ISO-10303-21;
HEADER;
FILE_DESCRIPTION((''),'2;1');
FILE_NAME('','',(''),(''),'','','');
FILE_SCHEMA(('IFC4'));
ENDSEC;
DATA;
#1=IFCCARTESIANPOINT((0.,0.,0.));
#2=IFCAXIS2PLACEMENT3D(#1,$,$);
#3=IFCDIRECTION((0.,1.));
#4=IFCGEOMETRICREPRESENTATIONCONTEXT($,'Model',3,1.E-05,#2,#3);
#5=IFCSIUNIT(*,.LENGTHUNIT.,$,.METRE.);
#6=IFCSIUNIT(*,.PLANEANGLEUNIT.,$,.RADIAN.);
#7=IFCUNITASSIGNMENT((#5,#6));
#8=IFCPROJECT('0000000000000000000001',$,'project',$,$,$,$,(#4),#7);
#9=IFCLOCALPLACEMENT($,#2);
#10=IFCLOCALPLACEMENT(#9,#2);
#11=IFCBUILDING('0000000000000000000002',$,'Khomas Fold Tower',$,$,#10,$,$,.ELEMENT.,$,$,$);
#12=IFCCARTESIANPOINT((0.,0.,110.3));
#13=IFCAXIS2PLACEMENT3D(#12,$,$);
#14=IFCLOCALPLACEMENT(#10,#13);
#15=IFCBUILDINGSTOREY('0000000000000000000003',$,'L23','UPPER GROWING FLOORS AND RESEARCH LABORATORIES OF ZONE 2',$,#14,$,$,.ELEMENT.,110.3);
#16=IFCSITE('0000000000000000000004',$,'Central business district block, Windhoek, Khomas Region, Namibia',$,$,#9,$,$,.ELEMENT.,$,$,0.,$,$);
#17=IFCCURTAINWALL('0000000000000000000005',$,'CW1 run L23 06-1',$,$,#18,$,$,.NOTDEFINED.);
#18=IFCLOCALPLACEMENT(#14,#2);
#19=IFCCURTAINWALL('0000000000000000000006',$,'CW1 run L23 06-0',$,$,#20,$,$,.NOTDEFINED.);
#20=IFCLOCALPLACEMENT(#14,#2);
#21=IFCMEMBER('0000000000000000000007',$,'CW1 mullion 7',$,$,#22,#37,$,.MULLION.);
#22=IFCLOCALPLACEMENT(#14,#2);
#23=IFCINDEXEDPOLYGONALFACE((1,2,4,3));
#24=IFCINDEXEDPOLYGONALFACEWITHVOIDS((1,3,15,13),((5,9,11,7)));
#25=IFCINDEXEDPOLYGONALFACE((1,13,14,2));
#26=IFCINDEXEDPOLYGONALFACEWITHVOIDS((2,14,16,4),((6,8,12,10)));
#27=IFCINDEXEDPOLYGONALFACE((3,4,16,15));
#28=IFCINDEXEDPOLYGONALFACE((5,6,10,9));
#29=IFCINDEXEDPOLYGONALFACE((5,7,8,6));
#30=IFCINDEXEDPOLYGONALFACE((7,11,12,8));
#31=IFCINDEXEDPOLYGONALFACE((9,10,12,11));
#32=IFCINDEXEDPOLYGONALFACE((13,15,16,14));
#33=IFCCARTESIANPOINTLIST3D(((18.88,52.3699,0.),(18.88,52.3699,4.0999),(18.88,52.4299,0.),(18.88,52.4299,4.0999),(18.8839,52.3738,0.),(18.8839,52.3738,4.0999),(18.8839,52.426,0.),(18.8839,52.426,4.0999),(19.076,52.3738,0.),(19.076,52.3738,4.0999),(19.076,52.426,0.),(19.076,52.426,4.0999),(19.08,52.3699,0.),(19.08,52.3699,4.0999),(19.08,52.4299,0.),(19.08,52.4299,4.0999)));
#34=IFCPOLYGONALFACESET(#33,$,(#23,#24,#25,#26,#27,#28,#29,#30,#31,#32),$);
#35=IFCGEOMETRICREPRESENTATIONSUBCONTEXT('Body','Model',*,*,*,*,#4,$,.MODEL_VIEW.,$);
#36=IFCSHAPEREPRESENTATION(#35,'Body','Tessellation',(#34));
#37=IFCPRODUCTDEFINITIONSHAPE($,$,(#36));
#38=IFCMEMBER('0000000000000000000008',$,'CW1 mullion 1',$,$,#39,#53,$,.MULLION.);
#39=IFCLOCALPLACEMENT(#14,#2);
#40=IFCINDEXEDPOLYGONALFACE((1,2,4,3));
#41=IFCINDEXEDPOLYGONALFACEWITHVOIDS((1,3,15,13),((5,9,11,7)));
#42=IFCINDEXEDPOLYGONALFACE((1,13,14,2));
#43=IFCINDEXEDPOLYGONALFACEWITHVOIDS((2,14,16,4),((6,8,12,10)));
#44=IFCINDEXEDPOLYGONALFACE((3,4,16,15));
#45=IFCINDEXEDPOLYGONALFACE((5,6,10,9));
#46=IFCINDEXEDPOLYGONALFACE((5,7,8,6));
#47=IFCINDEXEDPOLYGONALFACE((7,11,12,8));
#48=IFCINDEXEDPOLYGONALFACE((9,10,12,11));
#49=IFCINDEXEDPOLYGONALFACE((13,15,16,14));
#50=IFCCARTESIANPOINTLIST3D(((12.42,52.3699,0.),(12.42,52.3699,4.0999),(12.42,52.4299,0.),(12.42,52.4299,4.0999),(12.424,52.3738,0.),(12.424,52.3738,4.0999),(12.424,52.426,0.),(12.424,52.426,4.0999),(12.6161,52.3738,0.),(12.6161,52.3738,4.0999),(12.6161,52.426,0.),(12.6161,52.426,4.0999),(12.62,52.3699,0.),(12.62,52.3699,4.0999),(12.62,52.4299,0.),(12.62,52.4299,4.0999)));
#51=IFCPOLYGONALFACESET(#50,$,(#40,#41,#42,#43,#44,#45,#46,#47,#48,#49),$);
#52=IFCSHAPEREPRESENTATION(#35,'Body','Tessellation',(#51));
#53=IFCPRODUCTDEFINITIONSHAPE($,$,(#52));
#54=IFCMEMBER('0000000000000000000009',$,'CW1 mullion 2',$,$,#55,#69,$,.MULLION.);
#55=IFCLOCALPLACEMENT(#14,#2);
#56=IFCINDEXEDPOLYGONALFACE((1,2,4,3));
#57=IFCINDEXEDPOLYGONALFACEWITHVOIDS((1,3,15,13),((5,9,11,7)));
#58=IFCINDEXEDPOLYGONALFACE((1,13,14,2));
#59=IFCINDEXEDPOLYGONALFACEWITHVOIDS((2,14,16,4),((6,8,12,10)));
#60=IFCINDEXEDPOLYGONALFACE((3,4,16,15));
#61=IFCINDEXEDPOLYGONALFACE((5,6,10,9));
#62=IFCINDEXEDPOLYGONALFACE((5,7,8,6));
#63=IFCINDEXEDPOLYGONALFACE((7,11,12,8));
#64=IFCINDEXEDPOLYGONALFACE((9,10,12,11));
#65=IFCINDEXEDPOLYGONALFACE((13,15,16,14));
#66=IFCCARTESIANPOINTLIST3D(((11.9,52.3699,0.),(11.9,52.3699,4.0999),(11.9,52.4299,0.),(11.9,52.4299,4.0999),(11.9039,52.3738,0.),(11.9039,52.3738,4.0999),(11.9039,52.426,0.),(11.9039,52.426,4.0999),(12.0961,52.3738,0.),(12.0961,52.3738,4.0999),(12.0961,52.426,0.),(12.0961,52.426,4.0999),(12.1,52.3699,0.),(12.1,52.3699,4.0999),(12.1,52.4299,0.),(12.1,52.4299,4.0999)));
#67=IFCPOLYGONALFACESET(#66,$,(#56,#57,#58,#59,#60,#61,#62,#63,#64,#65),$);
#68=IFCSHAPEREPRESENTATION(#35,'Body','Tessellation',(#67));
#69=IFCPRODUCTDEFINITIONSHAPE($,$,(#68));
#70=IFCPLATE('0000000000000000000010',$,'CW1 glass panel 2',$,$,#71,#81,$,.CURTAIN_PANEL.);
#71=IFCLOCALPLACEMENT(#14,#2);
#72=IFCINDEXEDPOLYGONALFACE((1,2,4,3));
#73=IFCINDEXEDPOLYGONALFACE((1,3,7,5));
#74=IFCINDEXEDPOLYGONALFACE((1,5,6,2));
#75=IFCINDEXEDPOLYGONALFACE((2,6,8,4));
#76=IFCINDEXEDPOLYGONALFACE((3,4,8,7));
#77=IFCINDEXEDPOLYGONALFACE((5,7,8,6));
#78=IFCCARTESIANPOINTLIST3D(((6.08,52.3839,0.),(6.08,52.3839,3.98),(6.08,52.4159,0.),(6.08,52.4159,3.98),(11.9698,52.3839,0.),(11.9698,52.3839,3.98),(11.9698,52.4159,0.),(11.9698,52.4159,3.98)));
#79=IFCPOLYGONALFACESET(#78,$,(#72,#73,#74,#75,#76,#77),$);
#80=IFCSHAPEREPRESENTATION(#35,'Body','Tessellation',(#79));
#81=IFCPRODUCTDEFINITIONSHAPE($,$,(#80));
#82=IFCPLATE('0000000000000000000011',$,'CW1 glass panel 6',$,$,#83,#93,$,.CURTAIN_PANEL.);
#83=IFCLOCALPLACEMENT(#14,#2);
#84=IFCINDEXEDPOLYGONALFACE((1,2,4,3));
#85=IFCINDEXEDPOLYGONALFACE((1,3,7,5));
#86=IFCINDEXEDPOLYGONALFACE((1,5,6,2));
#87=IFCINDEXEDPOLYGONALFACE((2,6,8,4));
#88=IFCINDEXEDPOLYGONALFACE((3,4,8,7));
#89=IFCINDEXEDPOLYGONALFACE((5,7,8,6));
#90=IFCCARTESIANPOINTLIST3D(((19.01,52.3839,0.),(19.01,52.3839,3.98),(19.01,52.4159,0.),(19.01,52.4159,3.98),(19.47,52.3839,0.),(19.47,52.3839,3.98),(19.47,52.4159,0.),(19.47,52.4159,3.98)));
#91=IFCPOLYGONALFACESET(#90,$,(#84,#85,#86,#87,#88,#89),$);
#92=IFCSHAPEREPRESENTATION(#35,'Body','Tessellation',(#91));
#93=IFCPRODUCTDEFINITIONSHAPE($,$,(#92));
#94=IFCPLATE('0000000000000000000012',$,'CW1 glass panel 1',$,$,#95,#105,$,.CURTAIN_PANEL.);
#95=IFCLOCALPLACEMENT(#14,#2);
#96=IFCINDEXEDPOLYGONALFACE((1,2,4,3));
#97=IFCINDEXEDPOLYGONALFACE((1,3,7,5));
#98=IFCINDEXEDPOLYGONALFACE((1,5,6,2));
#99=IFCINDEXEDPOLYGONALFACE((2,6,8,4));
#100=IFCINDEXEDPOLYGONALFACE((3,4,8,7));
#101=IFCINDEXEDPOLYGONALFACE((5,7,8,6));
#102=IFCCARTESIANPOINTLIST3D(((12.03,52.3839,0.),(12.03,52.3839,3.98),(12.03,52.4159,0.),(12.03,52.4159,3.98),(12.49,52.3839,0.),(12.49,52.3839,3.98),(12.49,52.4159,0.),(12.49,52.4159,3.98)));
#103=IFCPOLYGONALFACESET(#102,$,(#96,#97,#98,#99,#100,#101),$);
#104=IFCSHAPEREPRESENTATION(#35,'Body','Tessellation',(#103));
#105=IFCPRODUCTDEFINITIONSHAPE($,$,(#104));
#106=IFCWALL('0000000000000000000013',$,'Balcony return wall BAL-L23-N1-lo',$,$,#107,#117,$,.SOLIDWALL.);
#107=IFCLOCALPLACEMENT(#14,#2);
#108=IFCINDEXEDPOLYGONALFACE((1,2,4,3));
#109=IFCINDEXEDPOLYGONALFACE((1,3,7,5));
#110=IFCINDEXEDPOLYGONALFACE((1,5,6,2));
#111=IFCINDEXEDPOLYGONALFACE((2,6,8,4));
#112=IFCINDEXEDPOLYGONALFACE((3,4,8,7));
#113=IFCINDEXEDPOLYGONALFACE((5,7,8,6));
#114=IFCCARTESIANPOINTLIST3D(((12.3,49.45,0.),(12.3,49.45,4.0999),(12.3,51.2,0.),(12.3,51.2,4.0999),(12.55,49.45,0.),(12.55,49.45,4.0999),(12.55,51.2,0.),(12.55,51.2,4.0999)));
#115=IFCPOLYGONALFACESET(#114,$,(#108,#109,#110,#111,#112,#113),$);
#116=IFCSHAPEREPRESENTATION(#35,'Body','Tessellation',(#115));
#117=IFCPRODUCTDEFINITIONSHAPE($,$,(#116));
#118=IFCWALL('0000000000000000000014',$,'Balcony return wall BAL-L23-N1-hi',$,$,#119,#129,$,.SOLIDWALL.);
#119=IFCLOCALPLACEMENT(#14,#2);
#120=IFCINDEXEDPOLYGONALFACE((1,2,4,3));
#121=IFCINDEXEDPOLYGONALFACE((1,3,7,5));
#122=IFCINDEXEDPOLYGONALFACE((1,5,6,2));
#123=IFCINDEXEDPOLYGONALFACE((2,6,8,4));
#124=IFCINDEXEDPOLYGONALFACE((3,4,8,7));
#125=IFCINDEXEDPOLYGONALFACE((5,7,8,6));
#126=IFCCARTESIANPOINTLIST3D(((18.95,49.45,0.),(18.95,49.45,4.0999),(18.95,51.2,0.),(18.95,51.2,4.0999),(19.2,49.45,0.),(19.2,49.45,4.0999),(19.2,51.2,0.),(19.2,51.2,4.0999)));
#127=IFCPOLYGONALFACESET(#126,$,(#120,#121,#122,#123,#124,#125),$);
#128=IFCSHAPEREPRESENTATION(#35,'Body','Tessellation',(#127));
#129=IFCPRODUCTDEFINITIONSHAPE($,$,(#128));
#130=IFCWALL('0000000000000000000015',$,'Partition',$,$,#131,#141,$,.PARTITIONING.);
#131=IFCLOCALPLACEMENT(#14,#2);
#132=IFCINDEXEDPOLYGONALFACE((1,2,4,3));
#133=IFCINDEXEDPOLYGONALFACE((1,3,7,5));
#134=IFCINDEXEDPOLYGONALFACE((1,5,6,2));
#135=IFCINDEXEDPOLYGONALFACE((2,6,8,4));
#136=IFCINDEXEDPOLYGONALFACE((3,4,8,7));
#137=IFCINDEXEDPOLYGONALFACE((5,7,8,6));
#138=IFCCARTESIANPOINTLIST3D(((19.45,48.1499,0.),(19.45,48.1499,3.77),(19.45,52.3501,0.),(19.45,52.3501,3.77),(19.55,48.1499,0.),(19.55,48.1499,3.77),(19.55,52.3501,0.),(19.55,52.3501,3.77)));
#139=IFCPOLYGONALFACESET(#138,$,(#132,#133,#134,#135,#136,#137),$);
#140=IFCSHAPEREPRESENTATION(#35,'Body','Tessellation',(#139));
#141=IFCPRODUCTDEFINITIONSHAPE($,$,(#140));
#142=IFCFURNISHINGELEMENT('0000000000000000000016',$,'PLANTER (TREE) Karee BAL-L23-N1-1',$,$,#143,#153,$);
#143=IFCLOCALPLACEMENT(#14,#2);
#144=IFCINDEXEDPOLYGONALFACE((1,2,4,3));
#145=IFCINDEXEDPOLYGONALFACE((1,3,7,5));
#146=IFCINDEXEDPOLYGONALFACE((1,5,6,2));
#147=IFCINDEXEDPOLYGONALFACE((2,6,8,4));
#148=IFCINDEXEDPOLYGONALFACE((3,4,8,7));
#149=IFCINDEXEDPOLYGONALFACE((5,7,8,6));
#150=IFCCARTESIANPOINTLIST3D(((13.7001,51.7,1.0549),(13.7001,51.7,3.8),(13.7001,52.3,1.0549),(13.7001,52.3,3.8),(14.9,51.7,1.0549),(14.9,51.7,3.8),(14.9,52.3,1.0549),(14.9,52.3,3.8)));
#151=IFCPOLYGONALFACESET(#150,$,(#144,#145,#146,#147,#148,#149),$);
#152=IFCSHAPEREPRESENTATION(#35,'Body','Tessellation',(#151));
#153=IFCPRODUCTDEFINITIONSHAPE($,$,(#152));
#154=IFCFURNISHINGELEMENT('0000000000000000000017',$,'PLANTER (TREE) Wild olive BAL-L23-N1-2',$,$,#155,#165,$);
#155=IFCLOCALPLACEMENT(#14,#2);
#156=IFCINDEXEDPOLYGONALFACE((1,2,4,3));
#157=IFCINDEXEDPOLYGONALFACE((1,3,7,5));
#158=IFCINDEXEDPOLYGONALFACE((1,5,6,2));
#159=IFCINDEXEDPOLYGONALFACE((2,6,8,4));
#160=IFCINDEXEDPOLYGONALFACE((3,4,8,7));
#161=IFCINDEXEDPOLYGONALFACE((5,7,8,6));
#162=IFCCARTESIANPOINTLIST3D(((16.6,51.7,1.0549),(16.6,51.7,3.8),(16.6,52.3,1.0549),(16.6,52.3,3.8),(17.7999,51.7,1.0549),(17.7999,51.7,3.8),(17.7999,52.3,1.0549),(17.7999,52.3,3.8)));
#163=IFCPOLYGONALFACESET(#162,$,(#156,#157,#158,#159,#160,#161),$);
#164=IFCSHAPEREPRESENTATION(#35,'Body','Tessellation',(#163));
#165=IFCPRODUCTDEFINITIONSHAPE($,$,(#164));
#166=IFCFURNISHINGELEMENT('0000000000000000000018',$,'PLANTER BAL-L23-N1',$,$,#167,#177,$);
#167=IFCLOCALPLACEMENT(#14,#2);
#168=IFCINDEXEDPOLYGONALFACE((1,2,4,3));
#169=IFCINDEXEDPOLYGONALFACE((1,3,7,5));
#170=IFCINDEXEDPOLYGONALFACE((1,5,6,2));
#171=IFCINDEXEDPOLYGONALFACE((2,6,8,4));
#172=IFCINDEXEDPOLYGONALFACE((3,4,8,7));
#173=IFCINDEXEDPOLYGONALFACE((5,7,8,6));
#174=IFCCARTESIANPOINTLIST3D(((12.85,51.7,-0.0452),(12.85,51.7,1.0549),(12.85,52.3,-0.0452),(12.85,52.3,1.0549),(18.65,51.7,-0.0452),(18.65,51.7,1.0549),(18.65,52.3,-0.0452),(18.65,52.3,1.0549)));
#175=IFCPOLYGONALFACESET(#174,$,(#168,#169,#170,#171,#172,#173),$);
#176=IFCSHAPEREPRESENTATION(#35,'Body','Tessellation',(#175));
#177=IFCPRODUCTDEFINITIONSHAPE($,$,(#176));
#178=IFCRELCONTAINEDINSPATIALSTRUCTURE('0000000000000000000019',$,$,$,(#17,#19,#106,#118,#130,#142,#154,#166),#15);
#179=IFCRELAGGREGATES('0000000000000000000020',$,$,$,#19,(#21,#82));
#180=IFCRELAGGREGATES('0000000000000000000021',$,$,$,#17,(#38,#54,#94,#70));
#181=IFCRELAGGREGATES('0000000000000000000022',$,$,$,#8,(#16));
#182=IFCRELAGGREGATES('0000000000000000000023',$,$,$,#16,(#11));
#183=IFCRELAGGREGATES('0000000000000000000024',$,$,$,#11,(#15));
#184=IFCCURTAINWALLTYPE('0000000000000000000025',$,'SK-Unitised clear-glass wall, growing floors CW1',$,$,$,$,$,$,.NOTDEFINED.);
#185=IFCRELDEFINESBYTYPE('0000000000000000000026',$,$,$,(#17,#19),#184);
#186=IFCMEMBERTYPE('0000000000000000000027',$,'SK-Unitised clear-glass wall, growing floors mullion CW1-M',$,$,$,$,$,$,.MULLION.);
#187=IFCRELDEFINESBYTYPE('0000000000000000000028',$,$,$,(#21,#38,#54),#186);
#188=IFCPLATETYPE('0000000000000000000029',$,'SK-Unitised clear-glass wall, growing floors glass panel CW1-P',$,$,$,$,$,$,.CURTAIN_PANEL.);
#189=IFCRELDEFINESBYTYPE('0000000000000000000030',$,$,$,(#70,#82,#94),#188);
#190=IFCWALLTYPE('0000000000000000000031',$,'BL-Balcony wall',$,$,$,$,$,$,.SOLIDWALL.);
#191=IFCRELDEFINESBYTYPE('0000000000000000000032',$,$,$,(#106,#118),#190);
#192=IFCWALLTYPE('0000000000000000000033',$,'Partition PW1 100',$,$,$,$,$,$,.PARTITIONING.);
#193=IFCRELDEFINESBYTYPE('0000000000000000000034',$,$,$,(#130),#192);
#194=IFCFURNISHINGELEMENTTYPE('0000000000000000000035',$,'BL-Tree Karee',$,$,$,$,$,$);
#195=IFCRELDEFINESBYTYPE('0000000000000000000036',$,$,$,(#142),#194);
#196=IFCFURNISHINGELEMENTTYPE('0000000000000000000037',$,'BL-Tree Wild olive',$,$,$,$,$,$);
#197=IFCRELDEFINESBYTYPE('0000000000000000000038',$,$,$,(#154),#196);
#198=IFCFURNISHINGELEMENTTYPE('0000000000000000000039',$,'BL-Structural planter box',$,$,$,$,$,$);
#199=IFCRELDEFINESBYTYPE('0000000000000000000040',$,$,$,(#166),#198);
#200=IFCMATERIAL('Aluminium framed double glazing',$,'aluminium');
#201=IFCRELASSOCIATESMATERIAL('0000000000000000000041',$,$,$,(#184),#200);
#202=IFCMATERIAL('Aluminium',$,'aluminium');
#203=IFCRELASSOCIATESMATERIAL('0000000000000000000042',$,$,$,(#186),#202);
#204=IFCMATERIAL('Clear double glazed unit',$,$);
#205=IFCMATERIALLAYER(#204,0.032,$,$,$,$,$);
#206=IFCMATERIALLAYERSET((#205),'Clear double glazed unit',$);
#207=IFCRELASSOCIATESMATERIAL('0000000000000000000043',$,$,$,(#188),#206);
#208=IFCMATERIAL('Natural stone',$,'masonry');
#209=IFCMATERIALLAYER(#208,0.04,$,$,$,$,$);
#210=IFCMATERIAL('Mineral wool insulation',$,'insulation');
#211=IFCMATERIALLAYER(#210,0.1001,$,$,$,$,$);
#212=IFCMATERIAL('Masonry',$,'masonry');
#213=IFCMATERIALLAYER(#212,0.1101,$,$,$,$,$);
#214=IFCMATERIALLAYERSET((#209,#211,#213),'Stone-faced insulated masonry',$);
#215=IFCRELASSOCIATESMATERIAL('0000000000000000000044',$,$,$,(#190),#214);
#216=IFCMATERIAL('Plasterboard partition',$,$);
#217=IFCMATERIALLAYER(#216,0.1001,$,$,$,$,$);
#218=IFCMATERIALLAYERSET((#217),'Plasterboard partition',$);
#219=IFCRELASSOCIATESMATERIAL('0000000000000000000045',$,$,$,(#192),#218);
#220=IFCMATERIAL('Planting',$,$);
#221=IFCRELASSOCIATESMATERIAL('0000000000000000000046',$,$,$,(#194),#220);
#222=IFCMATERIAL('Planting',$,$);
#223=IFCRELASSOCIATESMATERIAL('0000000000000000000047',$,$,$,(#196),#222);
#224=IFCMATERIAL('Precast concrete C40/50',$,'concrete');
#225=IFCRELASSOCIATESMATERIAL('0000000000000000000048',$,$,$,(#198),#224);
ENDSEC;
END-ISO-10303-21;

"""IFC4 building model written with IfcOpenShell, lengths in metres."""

from ifc_helpers import new_model, si_unit, direction, frame, frame_2d, origin, origin_2d, place, context, subcontext, project, spatial, rectangle, hollow_rectangle, extrude, source, transform, mapped, material, layer, layer_set, material_profile, profile_set, type_object, element, aggregate, save


model = new_model("IFC4")

# Units and contexts
model_context = context("Model", 3, precision=1e-05, world=origin(), true_north=direction((0.0, 1.0)))
body_context = subcontext(model_context, "Body", "Model", "MODEL_VIEW")
ifc_project = project(units=[si_unit("LENGTHUNIT", "METRE"), si_unit("PLANEANGLEUNIT", "RADIAN")], contexts=[model_context])

# Site, building, storey
site_placement = place(None, origin())
site = spatial("IfcSite", under=ifc_project, at=site_placement, Name="Central business district block, Windhoek, Khomas Region, Namibia", CompositionType="ELEMENT", RefElevation=0.0)
building_placement = place(site_placement, origin())
building = spatial("IfcBuilding", under=site, at=building_placement, Name="Khomas Fold Tower", CompositionType="ELEMENT")
storey_placement = place(building_placement, frame((0.0, 0.0, 110.3)))
storey = spatial("IfcBuildingStorey", under=building, at=storey_placement, Name="L23", Description="UPPER GROWING FLOORS AND RESEARCH LABORATORIES OF ZONE 2", CompositionType="ELEMENT", Elevation=110.3)

# Curtain walls
ifc_material_1 = material(Name="Aluminium framed double glazing", Category="aluminium")
curtain_wall_type = type_object("IfcCurtainWallType", Name="SK-Unitised clear-glass wall, growing floors CW1", PredefinedType="NOTDEFINED", material=ifc_material_1)
curtain_wall_1_placement = place(storey_placement, origin())
curtain_wall_1 = element("IfcCurtainWall", 1, at=curtain_wall_1_placement, inside=storey, type_object=curtain_wall_type, Name="CW1 run L23 06-1", PredefinedType="NOTDEFINED")
curtain_wall_2_placement = place(storey_placement, origin())
curtain_wall_2 = element("IfcCurtainWall", 2, at=curtain_wall_2_placement, inside=storey, type_object=curtain_wall_type, Name="CW1 run L23 06-0", PredefinedType="NOTDEFINED")

# Members
ifc_material_2 = material(Name="Aluminium", Category="aluminium")
ifc_material_profile_1 = material_profile(ifc_material_2, hollow_rectangle(XDim=0.0601, YDim=0.2, WallThickness=0.0039, at=origin_2d()), Name="SK-Unitised clear-glass wall, growing floors mullion CW1-M")
ifc_profile_set_1 = profile_set([ifc_material_profile_1], Name="Aluminium")
member_type_1 = type_object("IfcMemberType", Name="SK-Unitised clear-glass wall, growing floors mullion CW1-M", PredefinedType="MULLION", material=ifc_profile_set_1)
shared_shape_1 = source(origin(), body_context, "Body", "SweptSolid", [
    extrude(hollow_rectangle(XDim=0.0601, YDim=0.2, WallThickness=0.0039, at=origin_2d()), origin(), (0.0, 0.0, 1.0), 4.0999),
])
member_1_placement = place(storey_placement, frame((18.98, 52.3999, 0.0), z_axis=(0.0, 0.0, 1.0), x_axis=(0.0, -1.0, 0.0)))
member_1 = element("IfcMember", 3, at=member_1_placement, type_object=member_type_1, Name="CW1 mullion 7", PredefinedType="MULLION", context=body_context, shape_type="MappedRepresentation", body=[
    mapped(shared_shape_1, transform((0.0, 0.0, 0.0))),
])
member_2_placement = place(storey_placement, frame((12.52, 52.3999, 0.0), z_axis=(0.0, 0.0, 1.0), x_axis=(0.0, -1.0, 0.0)))
member_2 = element("IfcMember", 4, at=member_2_placement, type_object=member_type_1, Name="CW1 mullion 1", PredefinedType="MULLION", context=body_context, shape_type="MappedRepresentation", body=[
    mapped(shared_shape_1, transform((0.0, 0.0, 0.0))),
])
member_3_placement = place(storey_placement, frame((12.0, 52.3999, 0.0), z_axis=(0.0, 0.0, 1.0), x_axis=(0.0, -1.0, 0.0)))
member_3 = element("IfcMember", 5, at=member_3_placement, type_object=member_type_1, Name="CW1 mullion 2", PredefinedType="MULLION", context=body_context, shape_type="MappedRepresentation", body=[
    mapped(shared_shape_1, transform((0.0, 0.0, 0.0))),
])

# Plates
ifc_material_3 = material(Name="Clear double glazed unit")
ifc_layer_1 = layer(ifc_material_3, 0.032)
ifc_layer_set_1 = layer_set([ifc_layer_1], Name="Clear double glazed unit")
plate_type = type_object("IfcPlateType", Name="SK-Unitised clear-glass wall, growing floors glass panel CW1-P", PredefinedType="CURTAIN_PANEL", material=ifc_layer_set_1)
shared_shape_2 = source(origin(), body_context, "Body", "SweptSolid", [
    extrude(rectangle(XDim=5.8899, YDim=0.032, at=origin_2d()), origin(), (0.0, 0.0, 1.0), 3.98),
])
plate_1_placement = place(storey_placement, frame((9.0249, 52.3999, 0.0), z_axis=(0.0, 0.0, 1.0), x_axis=(-1.0, 0.0, 0.0)))
plate_1 = element("IfcPlate", 6, at=plate_1_placement, type_object=plate_type, Name="CW1 glass panel 2", PredefinedType="CURTAIN_PANEL", context=body_context, shape_type="MappedRepresentation", body=[
    mapped(shared_shape_2, transform((0.0, 0.0, 0.0))),
])
shared_shape_3 = source(origin(), body_context, "Body", "SweptSolid", [
    extrude(rectangle(XDim=0.46, YDim=0.032, at=origin_2d()), origin(), (0.0, 0.0, 1.0), 3.98),
])
plate_2_placement = place(storey_placement, frame((19.24, 52.3999, 0.0), z_axis=(0.0, 0.0, 1.0), x_axis=(-1.0, 0.0, 0.0)))
plate_2 = element("IfcPlate", 7, at=plate_2_placement, type_object=plate_type, Name="CW1 glass panel 6", PredefinedType="CURTAIN_PANEL", context=body_context, shape_type="MappedRepresentation", body=[
    mapped(shared_shape_3, transform((0.0, 0.0, 0.0))),
])
aggregate(curtain_wall_2, [member_1, plate_2])
plate_3_placement = place(storey_placement, frame((12.26, 52.3999, 0.0), z_axis=(0.0, 0.0, 1.0), x_axis=(-1.0, 0.0, 0.0)))
plate_3 = element("IfcPlate", 8, at=plate_3_placement, type_object=plate_type, Name="CW1 glass panel 1", PredefinedType="CURTAIN_PANEL", context=body_context, shape_type="MappedRepresentation", body=[
    mapped(shared_shape_3, transform((0.0, 0.0, 0.0))),
])
aggregate(curtain_wall_1, [member_2, member_3, plate_3, plate_1])

# Shared definitions
ifc_material_4 = material(Name="Natural stone", Category="masonry")
ifc_layer_2 = layer(ifc_material_4, 0.04)
ifc_material_5 = material(Name="Mineral wool insulation", Category="insulation")
ifc_layer_3 = layer(ifc_material_5, 0.1001)
ifc_material_6 = material(Name="Masonry", Category="masonry")
ifc_layer_4 = layer(ifc_material_6, 0.1101)
ifc_layer_set_2 = layer_set([ifc_layer_2, ifc_layer_3, ifc_layer_4], Name="Stone-faced insulated masonry")
wall_type_1 = type_object("IfcWallType", Name="BL-Balcony wall", PredefinedType="SOLIDWALL", material=ifc_layer_set_2)

# Walls
shared_shape_4 = source(origin(), body_context, "Body", "SweptSolid", [
    extrude(rectangle(XDim=1.75, YDim=0.25, at=frame_2d((0.875, 0.0))), origin(), (0.0, 0.0, 1.0), 4.0999),
])
for number, where, z_axis, x_axis, name in (
    (9, (12.425, 51.2, 0.0), (0.0, 0.0, 1.0), (0.0, -1.0, 0.0), "Balcony return wall BAL-L23-N1-lo"),
    (10, (19.075, 51.2, 0.0), (0.0, 0.0, 1.0), (0.0, -1.0, 0.0), "Balcony return wall BAL-L23-N1-hi"),
):
    element("IfcWall", number, at=place(storey_placement, frame(where, z_axis=z_axis, x_axis=x_axis)), inside=storey, type_object=wall_type_1, Name=name, PredefinedType="SOLIDWALL", context=body_context, shape_type="MappedRepresentation", body=[
        mapped(shared_shape_4, transform((0.0, 0.0, 0.0))),
    ])
ifc_material_7 = material(Name="Plasterboard partition")
ifc_layer_5 = layer(ifc_material_7, 0.1001)
ifc_layer_set_3 = layer_set([ifc_layer_5], Name="Plasterboard partition")
wall_type_2 = type_object("IfcWallType", Name="Partition PW1 100", PredefinedType="PARTITIONING", material=ifc_layer_set_3)
shared_shape_5 = source(origin(), body_context, "Body", "SweptSolid", [
    extrude(rectangle(XDim=4.2002, YDim=0.1001, at=frame_2d((2.1001, 0.0))), origin(), (0.0, 0.0, 1.0), 3.77),
])
wall_1_placement = place(storey_placement, frame((19.5, 48.1499, 0.0), z_axis=(0.0, 0.0, 1.0), x_axis=(0.0, 1.0, 0.0)))
element("IfcWall", 11, at=wall_1_placement, inside=storey, type_object=wall_type_2, Name="Partition", PredefinedType="PARTITIONING", context=body_context, shape_type="MappedRepresentation", body=[
    mapped(shared_shape_5, transform((0.0, 0.0, 0.0))),
])

# Furnishing elements
ifc_material_8 = material(Name="Planting")
furnishing_element_type_1 = type_object("IfcFurnishingElementType", Name="BL-Tree Karee", material=ifc_material_8)
shared_shape_6 = source(origin(), body_context, "Body", "SweptSolid", [
    extrude(rectangle(XDim=1.2, YDim=0.6001, at=origin_2d()), origin(), (0.0, 0.0, 1.0), 2.7451),
])
furnishing_1_placement = place(storey_placement, frame((14.3, 52.0, 1.0549), z_axis=(0.0, 0.0, 1.0), x_axis=(1.0, 0.0, 0.0)))
element("IfcFurnishingElement", 12, at=furnishing_1_placement, inside=storey, type_object=furnishing_element_type_1, Name="PLANTER (TREE) Karee BAL-L23-N1-1", context=body_context, shape_type="MappedRepresentation", body=[
    mapped(shared_shape_6, transform((0.0, 0.0, 0.0))),
])
ifc_material_9 = material(Name="Planting")
furnishing_element_type_2 = type_object("IfcFurnishingElementType", Name="BL-Tree Wild olive", material=ifc_material_9)
furnishing_2_placement = place(storey_placement, frame((17.2, 52.0, 1.0549), z_axis=(0.0, 0.0, 1.0), x_axis=(1.0, 0.0, 0.0)))
element("IfcFurnishingElement", 13, at=furnishing_2_placement, inside=storey, type_object=furnishing_element_type_2, Name="PLANTER (TREE) Wild olive BAL-L23-N1-2", context=body_context, shape_type="MappedRepresentation", body=[
    mapped(shared_shape_6, transform((0.0, 0.0, 0.0))),
])
ifc_material_10 = material(Name="Precast concrete C40/50", Category="concrete")
furnishing_element_type_3 = type_object("IfcFurnishingElementType", Name="BL-Structural planter box", material=ifc_material_10)
shared_shape_7 = source(origin(), body_context, "Body", "SweptSolid", [
    extrude(rectangle(XDim=5.8, YDim=0.6001, at=origin_2d()), origin(), (0.0, 0.0, 1.0), 1.1001),
])
furnishing_3_placement = place(storey_placement, frame((15.75, 52.0, -0.0452), z_axis=(0.0, 0.0, 1.0), x_axis=(1.0, 0.0, 0.0)))
element("IfcFurnishingElement", 14, at=furnishing_3_placement, inside=storey, type_object=furnishing_element_type_3, Name="PLANTER BAL-L23-N1", context=body_context, shape_type="MappedRepresentation", body=[
    mapped(shared_shape_7, transform((0.0, 0.0, 0.0))),
])

save(model, "model.ifc")
